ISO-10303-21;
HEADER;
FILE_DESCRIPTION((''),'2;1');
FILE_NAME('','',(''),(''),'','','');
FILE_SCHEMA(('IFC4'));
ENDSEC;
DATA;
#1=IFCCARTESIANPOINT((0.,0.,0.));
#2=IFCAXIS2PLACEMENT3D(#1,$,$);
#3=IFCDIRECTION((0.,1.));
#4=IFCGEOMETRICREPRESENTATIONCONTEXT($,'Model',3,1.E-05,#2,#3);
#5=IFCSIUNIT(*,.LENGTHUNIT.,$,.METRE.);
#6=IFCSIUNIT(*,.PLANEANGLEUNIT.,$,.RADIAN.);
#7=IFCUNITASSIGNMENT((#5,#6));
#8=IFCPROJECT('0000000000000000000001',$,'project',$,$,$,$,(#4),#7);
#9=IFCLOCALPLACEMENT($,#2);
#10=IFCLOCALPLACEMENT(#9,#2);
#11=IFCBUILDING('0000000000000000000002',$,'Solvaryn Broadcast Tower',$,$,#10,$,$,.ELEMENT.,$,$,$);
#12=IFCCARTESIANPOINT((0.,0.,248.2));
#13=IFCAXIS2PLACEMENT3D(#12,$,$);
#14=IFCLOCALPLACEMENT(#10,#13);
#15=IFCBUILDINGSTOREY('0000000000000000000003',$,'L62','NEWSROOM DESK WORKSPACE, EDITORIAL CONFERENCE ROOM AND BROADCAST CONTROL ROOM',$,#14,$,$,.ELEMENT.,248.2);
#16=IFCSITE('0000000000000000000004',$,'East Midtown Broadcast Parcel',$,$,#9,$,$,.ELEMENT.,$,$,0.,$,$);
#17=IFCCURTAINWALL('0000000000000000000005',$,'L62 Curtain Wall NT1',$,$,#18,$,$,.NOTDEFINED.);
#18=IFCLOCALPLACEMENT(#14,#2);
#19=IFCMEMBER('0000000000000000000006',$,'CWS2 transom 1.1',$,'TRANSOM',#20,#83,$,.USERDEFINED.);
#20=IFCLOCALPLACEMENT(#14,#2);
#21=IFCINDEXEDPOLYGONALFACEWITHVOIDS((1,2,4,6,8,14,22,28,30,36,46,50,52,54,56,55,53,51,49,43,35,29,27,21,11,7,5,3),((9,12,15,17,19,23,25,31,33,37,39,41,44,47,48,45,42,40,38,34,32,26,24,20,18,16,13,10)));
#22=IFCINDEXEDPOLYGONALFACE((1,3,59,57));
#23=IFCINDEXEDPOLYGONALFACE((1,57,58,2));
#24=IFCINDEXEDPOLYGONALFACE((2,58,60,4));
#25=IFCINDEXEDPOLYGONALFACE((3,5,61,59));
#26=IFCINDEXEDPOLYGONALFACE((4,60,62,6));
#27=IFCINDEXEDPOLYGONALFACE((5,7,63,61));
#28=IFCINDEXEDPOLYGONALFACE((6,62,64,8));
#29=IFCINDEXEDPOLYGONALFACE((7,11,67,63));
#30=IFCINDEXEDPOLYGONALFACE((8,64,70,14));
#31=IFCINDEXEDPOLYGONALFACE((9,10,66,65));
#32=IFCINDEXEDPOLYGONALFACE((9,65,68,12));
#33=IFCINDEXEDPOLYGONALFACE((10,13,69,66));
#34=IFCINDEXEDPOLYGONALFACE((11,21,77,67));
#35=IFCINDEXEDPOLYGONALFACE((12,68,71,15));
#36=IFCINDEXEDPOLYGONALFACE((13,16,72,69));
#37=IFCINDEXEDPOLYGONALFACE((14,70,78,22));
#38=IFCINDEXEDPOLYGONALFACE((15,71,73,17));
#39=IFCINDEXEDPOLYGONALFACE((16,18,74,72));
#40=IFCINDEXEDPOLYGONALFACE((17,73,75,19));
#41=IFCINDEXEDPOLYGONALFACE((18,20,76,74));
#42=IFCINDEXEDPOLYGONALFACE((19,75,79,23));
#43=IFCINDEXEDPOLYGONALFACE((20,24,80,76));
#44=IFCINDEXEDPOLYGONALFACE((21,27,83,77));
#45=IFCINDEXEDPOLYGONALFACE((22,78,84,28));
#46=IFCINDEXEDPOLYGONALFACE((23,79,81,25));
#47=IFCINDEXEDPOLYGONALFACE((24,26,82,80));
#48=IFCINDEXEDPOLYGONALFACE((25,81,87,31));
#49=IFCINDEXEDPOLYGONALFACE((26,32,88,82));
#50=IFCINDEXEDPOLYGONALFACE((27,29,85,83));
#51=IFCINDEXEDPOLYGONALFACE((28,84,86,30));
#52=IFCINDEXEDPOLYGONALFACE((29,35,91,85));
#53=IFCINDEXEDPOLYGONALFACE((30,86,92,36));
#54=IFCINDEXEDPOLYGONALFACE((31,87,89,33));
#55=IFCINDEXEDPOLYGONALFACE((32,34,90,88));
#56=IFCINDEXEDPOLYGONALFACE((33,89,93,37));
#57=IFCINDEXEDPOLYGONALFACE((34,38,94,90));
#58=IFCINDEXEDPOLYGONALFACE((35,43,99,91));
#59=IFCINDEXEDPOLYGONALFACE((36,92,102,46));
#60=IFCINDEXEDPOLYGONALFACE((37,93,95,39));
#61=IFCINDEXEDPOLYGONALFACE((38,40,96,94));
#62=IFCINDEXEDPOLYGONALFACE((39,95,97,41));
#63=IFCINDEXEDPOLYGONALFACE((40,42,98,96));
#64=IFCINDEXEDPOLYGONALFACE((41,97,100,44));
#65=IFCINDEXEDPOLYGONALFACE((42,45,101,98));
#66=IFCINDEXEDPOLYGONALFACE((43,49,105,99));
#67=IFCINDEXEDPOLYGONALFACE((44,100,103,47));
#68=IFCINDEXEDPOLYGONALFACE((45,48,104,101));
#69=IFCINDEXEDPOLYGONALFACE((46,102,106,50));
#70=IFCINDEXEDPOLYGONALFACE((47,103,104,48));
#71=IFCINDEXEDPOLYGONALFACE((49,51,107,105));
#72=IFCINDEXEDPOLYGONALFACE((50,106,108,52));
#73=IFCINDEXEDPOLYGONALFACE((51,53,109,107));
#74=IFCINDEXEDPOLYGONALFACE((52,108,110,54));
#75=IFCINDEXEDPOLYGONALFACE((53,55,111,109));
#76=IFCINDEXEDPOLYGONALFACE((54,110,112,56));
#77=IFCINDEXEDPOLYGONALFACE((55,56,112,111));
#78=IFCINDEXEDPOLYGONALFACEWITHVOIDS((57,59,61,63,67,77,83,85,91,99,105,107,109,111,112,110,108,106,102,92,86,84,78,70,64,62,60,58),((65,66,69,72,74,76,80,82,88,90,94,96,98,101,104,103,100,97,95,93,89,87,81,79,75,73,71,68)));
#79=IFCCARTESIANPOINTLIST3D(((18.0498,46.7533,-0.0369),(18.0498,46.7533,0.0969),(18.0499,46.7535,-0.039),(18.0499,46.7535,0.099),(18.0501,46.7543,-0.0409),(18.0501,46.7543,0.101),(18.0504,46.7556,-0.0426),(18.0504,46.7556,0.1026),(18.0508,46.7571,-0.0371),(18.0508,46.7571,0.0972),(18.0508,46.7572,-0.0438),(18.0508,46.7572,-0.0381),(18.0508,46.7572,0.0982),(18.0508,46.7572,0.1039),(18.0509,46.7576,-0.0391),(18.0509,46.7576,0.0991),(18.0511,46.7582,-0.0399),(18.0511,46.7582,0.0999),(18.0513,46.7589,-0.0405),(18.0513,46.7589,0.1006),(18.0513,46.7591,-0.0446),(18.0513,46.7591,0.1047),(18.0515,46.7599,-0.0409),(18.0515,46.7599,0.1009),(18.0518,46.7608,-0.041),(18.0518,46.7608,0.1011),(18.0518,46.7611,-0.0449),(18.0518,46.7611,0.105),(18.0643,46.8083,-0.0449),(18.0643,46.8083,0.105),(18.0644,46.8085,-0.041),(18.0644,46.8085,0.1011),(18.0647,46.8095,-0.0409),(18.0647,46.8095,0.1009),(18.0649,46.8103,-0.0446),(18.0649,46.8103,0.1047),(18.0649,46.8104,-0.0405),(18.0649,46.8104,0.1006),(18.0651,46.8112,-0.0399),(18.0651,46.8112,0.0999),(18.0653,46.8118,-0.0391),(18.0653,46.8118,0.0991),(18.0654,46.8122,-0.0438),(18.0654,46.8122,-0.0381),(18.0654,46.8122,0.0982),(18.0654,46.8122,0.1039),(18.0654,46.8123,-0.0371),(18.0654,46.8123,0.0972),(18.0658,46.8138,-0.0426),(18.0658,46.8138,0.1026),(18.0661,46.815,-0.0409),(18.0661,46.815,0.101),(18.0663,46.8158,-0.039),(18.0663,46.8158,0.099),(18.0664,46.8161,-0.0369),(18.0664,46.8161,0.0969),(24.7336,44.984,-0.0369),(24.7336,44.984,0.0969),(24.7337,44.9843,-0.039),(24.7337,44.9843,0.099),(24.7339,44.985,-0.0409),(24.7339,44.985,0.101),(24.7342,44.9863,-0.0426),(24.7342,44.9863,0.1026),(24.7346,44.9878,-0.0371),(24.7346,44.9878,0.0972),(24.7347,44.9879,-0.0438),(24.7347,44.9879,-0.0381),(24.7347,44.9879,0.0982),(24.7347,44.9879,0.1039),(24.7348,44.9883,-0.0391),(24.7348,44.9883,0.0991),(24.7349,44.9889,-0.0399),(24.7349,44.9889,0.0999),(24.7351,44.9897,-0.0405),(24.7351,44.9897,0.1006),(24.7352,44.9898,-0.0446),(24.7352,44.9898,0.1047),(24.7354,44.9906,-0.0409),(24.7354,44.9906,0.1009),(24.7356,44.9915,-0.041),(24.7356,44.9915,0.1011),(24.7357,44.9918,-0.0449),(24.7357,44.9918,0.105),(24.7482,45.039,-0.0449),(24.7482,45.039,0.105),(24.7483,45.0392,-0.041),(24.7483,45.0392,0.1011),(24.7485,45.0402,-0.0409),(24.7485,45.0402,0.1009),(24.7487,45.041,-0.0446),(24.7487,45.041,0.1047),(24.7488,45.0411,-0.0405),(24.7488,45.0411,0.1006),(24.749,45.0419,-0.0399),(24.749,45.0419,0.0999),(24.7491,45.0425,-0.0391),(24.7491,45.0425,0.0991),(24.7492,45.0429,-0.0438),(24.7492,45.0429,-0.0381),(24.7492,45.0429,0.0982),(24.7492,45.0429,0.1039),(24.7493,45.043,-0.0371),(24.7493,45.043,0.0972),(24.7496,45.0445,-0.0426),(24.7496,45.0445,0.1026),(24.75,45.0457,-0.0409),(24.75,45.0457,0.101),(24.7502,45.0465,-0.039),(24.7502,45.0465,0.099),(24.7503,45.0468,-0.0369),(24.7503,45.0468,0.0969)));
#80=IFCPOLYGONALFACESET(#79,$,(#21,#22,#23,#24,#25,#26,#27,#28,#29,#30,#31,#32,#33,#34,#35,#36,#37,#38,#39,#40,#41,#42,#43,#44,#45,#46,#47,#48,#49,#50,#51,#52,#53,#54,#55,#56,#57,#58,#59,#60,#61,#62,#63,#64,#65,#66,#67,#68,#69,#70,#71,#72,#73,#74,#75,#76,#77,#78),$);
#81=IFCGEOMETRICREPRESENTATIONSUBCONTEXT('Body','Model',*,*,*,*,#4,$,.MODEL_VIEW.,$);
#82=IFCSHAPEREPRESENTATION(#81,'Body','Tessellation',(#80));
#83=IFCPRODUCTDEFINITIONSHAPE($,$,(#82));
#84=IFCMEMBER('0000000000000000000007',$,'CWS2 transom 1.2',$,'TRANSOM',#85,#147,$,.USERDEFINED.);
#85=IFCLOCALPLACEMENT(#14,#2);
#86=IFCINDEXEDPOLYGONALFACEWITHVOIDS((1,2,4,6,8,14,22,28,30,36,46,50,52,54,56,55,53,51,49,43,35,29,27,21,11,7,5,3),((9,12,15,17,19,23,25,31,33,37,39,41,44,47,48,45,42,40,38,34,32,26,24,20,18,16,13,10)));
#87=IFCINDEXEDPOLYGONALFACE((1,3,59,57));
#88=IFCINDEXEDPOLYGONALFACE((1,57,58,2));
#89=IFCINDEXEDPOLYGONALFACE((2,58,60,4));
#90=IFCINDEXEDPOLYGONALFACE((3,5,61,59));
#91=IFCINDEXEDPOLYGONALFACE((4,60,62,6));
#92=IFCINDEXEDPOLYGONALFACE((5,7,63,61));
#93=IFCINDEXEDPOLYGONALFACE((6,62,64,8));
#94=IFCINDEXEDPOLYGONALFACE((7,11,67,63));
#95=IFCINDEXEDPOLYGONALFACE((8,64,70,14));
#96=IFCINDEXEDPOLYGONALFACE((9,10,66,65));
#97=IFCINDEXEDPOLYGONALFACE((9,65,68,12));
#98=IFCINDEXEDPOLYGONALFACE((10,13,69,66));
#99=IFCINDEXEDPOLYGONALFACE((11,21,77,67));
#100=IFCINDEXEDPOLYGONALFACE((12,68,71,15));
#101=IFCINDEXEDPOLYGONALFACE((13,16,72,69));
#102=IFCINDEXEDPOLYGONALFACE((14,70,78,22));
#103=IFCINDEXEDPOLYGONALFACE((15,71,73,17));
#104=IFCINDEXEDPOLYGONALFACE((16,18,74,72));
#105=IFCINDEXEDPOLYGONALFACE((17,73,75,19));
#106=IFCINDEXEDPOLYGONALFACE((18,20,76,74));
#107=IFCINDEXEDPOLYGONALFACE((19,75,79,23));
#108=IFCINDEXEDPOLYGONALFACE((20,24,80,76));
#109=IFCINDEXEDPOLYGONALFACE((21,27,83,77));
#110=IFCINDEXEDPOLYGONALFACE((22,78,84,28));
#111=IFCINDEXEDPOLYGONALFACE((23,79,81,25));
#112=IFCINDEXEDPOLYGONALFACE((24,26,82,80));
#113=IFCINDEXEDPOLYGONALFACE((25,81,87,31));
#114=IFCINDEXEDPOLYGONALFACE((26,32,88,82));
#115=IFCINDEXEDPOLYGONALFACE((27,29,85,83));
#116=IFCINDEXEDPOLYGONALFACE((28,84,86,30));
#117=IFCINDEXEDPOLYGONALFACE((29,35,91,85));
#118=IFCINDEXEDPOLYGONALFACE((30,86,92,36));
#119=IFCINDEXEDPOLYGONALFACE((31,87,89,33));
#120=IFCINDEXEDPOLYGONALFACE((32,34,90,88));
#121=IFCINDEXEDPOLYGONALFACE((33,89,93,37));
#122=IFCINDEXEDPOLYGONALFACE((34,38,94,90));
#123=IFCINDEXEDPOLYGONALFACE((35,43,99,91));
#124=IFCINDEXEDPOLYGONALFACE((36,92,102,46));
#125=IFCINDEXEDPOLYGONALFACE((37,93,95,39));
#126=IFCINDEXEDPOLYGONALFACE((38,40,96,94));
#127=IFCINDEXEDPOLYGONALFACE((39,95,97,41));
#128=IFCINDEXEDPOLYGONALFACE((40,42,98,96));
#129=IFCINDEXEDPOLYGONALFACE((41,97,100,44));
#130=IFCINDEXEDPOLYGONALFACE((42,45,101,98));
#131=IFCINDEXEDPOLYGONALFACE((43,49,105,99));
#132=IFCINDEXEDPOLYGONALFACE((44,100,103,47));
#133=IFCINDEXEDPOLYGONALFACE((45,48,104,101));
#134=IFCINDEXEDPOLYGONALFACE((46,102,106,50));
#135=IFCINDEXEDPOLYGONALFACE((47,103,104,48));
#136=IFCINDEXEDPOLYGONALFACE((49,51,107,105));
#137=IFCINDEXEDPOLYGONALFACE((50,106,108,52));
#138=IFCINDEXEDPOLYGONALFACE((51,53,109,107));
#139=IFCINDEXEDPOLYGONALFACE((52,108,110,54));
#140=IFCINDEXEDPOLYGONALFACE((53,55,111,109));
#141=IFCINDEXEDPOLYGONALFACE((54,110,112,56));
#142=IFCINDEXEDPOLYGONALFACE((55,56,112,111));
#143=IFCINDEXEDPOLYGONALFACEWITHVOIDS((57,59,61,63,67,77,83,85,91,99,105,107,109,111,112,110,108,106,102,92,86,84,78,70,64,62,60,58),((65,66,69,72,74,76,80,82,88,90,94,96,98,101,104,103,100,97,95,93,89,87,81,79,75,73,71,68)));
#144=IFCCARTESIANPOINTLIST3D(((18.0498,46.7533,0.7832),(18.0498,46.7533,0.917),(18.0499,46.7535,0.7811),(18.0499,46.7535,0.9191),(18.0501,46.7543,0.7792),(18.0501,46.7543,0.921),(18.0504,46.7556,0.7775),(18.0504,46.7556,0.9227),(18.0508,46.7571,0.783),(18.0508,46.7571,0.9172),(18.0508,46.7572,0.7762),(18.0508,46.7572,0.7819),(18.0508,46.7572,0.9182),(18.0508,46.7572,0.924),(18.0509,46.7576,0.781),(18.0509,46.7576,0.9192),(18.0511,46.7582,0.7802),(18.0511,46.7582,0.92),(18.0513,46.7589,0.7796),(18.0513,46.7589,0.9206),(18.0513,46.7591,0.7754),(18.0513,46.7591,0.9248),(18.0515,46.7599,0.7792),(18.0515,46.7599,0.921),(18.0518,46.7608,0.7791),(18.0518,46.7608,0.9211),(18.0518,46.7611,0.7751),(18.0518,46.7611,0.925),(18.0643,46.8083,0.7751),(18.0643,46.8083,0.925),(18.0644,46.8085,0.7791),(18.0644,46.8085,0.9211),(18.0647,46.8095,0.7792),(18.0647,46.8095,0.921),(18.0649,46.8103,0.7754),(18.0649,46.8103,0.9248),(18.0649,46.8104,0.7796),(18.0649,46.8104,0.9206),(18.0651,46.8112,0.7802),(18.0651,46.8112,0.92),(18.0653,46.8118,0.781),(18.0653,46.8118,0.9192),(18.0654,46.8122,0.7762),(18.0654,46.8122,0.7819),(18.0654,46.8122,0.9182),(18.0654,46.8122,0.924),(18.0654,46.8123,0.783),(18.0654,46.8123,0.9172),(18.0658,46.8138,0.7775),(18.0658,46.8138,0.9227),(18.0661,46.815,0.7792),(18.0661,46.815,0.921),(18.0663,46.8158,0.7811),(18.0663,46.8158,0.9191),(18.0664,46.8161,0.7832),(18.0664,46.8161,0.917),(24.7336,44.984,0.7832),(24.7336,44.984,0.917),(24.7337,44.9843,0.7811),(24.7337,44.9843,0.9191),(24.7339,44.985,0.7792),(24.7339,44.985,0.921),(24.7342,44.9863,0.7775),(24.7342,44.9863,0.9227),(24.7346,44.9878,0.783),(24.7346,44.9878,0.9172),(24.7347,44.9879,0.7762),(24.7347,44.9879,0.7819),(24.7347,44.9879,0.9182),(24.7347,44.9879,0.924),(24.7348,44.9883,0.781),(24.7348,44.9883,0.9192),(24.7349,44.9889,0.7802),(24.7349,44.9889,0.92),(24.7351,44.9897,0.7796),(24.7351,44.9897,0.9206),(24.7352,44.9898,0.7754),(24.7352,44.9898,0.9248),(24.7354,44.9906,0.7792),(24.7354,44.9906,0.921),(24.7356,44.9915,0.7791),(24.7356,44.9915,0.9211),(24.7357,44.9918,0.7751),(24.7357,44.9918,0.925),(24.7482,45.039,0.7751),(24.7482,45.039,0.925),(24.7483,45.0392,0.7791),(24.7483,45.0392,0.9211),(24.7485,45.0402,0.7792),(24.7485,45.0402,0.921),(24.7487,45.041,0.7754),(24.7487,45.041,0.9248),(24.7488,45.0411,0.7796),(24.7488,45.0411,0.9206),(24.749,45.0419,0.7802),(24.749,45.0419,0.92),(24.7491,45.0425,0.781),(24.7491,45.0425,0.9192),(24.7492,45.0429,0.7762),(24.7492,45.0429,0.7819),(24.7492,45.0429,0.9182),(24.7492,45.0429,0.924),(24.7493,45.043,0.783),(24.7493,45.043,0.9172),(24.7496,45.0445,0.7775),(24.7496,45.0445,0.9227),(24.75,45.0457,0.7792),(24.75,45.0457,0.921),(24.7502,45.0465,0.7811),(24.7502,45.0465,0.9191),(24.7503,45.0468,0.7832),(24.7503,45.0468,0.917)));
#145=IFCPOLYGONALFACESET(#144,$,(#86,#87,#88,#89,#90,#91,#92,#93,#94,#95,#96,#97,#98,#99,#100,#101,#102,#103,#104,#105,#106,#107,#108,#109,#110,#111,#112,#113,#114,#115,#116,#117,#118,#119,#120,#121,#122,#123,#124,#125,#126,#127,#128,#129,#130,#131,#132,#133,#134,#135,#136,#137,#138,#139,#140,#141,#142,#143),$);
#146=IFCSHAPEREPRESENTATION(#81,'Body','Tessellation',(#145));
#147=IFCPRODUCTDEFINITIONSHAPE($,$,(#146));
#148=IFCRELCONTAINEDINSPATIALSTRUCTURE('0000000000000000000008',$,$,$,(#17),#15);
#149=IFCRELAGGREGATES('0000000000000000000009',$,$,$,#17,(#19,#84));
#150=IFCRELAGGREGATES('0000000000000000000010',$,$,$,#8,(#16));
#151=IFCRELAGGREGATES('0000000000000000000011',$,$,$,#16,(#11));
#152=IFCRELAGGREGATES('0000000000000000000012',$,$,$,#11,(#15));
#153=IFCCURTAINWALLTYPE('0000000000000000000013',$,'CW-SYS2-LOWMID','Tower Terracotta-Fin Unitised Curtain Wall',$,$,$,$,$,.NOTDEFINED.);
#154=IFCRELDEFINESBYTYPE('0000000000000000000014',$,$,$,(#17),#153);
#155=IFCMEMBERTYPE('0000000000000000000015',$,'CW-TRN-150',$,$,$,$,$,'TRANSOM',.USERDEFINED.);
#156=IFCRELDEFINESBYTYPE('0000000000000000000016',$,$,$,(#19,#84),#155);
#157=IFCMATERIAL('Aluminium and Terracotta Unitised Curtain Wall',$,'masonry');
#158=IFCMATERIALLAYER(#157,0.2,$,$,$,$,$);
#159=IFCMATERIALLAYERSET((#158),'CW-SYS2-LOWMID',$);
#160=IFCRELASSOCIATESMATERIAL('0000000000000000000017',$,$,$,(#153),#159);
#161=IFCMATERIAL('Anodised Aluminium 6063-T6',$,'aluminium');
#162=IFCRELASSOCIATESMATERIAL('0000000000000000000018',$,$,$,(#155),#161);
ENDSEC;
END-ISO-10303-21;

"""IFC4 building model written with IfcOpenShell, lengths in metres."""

from ifc_helpers import new_model, si_unit, direction, frame, origin, origin_2d, place, context, subcontext, project, spatial, hollow_rectangle, extrude, material, layer, layer_set, material_profile, profile_set, type_object, element, aggregate, save


model = new_model("IFC4")

# Units and contexts
model_context = context("Model", 3, precision=1e-05, world=origin(), true_north=direction((0.0, 1.0)))
body_context = subcontext(model_context, "Body", "Model", "MODEL_VIEW")
ifc_project = project(units=[si_unit("LENGTHUNIT", "METRE"), si_unit("PLANEANGLEUNIT", "RADIAN")], contexts=[model_context])

# Site, building, storey
site_placement = place(None, origin())
site = spatial("IfcSite", under=ifc_project, at=site_placement, Name="East Midtown Broadcast Parcel", CompositionType="ELEMENT", RefElevation=0.0)
building_placement = place(site_placement, origin())
building = spatial("IfcBuilding", under=site, at=building_placement, Name="Solvaryn Broadcast Tower", CompositionType="ELEMENT")
storey_placement = place(building_placement, frame((0.0, 0.0, 248.2)))
storey = spatial("IfcBuildingStorey", under=building, at=storey_placement, Name="L62", Description="NEWSROOM DESK WORKSPACE, EDITORIAL CONFERENCE ROOM AND BROADCAST CONTROL ROOM", CompositionType="ELEMENT", Elevation=248.2)

# Shared definitions
ifc_material_1 = material(Name="Aluminium and Terracotta Unitised Curtain Wall", Category="masonry")
ifc_layer_1 = layer(ifc_material_1, 0.2)
ifc_layer_set_1 = layer_set([ifc_layer_1], Name="CW-SYS2-LOWMID")
curtain_wall_type = type_object("IfcCurtainWallType", Name="CW-SYS2-LOWMID", Description="Tower Terracotta-Fin Unitised Curtain Wall", PredefinedType="NOTDEFINED", material=ifc_layer_set_1)

# Curtain wall
curtain_wall_1_placement = place(storey_placement, origin())
curtain_wall_1 = element("IfcCurtainWall", 1, at=curtain_wall_1_placement, inside=storey, type_object=curtain_wall_type, Name="L62 Curtain Wall NT1", PredefinedType="NOTDEFINED")

# Members
ifc_material_2 = material(Name="Anodised Aluminium 6063-T6", Category="aluminium")
ifc_material_profile_1 = material_profile(ifc_material_2, hollow_rectangle(XDim=0.0649, YDim=0.1499, WallThickness=0.0039, InnerFilletRadius=0.0039, OuterFilletRadius=0.0081, at=origin_2d()))
ifc_profile_set_1 = profile_set([ifc_material_profile_1], Name="Anodised Aluminium 6063-T6")
member_type_1 = type_object("IfcMemberType", Name="CW-TRN-150", ElementType="TRANSOM", PredefinedType="USERDEFINED", material=ifc_profile_set_1)
member_1_placement = place(storey_placement, frame((24.7419, 45.0154, 0.03), z_axis=(-0.966704, 0.255897, 0.0), x_axis=(-0.255897, -0.966704, 0.0)))
member_1 = element("IfcMember", 2, at=member_1_placement, type_object=member_type_1, Name="CWS2 transom 1.1", ObjectType="TRANSOM", PredefinedType="USERDEFINED", context=body_context, shape_type="SweptSolid", body=[
    extrude(hollow_rectangle(XDim=0.0649, YDim=0.1499, WallThickness=0.0039, InnerFilletRadius=0.0039, OuterFilletRadius=0.0081, at=origin_2d()), origin(), (0.0, 0.0, 1.0), 6.9141),
])
member_2_placement = place(storey_placement, frame((24.7419, 45.0154, 0.8501), z_axis=(-0.966704, 0.255897, 0.0), x_axis=(-0.255897, -0.966704, 0.0)))
member_2 = element("IfcMember", 3, at=member_2_placement, type_object=member_type_1, Name="CWS2 transom 1.2", ObjectType="TRANSOM", PredefinedType="USERDEFINED", context=body_context, shape_type="SweptSolid", body=[
    extrude(hollow_rectangle(XDim=0.0649, YDim=0.1499, WallThickness=0.0039, InnerFilletRadius=0.0039, OuterFilletRadius=0.0081, at=origin_2d()), origin(), (0.0, 0.0, 1.0), 6.9141),
])
aggregate(curtain_wall_1, [member_1, member_2])

save(model, "model.ifc")
